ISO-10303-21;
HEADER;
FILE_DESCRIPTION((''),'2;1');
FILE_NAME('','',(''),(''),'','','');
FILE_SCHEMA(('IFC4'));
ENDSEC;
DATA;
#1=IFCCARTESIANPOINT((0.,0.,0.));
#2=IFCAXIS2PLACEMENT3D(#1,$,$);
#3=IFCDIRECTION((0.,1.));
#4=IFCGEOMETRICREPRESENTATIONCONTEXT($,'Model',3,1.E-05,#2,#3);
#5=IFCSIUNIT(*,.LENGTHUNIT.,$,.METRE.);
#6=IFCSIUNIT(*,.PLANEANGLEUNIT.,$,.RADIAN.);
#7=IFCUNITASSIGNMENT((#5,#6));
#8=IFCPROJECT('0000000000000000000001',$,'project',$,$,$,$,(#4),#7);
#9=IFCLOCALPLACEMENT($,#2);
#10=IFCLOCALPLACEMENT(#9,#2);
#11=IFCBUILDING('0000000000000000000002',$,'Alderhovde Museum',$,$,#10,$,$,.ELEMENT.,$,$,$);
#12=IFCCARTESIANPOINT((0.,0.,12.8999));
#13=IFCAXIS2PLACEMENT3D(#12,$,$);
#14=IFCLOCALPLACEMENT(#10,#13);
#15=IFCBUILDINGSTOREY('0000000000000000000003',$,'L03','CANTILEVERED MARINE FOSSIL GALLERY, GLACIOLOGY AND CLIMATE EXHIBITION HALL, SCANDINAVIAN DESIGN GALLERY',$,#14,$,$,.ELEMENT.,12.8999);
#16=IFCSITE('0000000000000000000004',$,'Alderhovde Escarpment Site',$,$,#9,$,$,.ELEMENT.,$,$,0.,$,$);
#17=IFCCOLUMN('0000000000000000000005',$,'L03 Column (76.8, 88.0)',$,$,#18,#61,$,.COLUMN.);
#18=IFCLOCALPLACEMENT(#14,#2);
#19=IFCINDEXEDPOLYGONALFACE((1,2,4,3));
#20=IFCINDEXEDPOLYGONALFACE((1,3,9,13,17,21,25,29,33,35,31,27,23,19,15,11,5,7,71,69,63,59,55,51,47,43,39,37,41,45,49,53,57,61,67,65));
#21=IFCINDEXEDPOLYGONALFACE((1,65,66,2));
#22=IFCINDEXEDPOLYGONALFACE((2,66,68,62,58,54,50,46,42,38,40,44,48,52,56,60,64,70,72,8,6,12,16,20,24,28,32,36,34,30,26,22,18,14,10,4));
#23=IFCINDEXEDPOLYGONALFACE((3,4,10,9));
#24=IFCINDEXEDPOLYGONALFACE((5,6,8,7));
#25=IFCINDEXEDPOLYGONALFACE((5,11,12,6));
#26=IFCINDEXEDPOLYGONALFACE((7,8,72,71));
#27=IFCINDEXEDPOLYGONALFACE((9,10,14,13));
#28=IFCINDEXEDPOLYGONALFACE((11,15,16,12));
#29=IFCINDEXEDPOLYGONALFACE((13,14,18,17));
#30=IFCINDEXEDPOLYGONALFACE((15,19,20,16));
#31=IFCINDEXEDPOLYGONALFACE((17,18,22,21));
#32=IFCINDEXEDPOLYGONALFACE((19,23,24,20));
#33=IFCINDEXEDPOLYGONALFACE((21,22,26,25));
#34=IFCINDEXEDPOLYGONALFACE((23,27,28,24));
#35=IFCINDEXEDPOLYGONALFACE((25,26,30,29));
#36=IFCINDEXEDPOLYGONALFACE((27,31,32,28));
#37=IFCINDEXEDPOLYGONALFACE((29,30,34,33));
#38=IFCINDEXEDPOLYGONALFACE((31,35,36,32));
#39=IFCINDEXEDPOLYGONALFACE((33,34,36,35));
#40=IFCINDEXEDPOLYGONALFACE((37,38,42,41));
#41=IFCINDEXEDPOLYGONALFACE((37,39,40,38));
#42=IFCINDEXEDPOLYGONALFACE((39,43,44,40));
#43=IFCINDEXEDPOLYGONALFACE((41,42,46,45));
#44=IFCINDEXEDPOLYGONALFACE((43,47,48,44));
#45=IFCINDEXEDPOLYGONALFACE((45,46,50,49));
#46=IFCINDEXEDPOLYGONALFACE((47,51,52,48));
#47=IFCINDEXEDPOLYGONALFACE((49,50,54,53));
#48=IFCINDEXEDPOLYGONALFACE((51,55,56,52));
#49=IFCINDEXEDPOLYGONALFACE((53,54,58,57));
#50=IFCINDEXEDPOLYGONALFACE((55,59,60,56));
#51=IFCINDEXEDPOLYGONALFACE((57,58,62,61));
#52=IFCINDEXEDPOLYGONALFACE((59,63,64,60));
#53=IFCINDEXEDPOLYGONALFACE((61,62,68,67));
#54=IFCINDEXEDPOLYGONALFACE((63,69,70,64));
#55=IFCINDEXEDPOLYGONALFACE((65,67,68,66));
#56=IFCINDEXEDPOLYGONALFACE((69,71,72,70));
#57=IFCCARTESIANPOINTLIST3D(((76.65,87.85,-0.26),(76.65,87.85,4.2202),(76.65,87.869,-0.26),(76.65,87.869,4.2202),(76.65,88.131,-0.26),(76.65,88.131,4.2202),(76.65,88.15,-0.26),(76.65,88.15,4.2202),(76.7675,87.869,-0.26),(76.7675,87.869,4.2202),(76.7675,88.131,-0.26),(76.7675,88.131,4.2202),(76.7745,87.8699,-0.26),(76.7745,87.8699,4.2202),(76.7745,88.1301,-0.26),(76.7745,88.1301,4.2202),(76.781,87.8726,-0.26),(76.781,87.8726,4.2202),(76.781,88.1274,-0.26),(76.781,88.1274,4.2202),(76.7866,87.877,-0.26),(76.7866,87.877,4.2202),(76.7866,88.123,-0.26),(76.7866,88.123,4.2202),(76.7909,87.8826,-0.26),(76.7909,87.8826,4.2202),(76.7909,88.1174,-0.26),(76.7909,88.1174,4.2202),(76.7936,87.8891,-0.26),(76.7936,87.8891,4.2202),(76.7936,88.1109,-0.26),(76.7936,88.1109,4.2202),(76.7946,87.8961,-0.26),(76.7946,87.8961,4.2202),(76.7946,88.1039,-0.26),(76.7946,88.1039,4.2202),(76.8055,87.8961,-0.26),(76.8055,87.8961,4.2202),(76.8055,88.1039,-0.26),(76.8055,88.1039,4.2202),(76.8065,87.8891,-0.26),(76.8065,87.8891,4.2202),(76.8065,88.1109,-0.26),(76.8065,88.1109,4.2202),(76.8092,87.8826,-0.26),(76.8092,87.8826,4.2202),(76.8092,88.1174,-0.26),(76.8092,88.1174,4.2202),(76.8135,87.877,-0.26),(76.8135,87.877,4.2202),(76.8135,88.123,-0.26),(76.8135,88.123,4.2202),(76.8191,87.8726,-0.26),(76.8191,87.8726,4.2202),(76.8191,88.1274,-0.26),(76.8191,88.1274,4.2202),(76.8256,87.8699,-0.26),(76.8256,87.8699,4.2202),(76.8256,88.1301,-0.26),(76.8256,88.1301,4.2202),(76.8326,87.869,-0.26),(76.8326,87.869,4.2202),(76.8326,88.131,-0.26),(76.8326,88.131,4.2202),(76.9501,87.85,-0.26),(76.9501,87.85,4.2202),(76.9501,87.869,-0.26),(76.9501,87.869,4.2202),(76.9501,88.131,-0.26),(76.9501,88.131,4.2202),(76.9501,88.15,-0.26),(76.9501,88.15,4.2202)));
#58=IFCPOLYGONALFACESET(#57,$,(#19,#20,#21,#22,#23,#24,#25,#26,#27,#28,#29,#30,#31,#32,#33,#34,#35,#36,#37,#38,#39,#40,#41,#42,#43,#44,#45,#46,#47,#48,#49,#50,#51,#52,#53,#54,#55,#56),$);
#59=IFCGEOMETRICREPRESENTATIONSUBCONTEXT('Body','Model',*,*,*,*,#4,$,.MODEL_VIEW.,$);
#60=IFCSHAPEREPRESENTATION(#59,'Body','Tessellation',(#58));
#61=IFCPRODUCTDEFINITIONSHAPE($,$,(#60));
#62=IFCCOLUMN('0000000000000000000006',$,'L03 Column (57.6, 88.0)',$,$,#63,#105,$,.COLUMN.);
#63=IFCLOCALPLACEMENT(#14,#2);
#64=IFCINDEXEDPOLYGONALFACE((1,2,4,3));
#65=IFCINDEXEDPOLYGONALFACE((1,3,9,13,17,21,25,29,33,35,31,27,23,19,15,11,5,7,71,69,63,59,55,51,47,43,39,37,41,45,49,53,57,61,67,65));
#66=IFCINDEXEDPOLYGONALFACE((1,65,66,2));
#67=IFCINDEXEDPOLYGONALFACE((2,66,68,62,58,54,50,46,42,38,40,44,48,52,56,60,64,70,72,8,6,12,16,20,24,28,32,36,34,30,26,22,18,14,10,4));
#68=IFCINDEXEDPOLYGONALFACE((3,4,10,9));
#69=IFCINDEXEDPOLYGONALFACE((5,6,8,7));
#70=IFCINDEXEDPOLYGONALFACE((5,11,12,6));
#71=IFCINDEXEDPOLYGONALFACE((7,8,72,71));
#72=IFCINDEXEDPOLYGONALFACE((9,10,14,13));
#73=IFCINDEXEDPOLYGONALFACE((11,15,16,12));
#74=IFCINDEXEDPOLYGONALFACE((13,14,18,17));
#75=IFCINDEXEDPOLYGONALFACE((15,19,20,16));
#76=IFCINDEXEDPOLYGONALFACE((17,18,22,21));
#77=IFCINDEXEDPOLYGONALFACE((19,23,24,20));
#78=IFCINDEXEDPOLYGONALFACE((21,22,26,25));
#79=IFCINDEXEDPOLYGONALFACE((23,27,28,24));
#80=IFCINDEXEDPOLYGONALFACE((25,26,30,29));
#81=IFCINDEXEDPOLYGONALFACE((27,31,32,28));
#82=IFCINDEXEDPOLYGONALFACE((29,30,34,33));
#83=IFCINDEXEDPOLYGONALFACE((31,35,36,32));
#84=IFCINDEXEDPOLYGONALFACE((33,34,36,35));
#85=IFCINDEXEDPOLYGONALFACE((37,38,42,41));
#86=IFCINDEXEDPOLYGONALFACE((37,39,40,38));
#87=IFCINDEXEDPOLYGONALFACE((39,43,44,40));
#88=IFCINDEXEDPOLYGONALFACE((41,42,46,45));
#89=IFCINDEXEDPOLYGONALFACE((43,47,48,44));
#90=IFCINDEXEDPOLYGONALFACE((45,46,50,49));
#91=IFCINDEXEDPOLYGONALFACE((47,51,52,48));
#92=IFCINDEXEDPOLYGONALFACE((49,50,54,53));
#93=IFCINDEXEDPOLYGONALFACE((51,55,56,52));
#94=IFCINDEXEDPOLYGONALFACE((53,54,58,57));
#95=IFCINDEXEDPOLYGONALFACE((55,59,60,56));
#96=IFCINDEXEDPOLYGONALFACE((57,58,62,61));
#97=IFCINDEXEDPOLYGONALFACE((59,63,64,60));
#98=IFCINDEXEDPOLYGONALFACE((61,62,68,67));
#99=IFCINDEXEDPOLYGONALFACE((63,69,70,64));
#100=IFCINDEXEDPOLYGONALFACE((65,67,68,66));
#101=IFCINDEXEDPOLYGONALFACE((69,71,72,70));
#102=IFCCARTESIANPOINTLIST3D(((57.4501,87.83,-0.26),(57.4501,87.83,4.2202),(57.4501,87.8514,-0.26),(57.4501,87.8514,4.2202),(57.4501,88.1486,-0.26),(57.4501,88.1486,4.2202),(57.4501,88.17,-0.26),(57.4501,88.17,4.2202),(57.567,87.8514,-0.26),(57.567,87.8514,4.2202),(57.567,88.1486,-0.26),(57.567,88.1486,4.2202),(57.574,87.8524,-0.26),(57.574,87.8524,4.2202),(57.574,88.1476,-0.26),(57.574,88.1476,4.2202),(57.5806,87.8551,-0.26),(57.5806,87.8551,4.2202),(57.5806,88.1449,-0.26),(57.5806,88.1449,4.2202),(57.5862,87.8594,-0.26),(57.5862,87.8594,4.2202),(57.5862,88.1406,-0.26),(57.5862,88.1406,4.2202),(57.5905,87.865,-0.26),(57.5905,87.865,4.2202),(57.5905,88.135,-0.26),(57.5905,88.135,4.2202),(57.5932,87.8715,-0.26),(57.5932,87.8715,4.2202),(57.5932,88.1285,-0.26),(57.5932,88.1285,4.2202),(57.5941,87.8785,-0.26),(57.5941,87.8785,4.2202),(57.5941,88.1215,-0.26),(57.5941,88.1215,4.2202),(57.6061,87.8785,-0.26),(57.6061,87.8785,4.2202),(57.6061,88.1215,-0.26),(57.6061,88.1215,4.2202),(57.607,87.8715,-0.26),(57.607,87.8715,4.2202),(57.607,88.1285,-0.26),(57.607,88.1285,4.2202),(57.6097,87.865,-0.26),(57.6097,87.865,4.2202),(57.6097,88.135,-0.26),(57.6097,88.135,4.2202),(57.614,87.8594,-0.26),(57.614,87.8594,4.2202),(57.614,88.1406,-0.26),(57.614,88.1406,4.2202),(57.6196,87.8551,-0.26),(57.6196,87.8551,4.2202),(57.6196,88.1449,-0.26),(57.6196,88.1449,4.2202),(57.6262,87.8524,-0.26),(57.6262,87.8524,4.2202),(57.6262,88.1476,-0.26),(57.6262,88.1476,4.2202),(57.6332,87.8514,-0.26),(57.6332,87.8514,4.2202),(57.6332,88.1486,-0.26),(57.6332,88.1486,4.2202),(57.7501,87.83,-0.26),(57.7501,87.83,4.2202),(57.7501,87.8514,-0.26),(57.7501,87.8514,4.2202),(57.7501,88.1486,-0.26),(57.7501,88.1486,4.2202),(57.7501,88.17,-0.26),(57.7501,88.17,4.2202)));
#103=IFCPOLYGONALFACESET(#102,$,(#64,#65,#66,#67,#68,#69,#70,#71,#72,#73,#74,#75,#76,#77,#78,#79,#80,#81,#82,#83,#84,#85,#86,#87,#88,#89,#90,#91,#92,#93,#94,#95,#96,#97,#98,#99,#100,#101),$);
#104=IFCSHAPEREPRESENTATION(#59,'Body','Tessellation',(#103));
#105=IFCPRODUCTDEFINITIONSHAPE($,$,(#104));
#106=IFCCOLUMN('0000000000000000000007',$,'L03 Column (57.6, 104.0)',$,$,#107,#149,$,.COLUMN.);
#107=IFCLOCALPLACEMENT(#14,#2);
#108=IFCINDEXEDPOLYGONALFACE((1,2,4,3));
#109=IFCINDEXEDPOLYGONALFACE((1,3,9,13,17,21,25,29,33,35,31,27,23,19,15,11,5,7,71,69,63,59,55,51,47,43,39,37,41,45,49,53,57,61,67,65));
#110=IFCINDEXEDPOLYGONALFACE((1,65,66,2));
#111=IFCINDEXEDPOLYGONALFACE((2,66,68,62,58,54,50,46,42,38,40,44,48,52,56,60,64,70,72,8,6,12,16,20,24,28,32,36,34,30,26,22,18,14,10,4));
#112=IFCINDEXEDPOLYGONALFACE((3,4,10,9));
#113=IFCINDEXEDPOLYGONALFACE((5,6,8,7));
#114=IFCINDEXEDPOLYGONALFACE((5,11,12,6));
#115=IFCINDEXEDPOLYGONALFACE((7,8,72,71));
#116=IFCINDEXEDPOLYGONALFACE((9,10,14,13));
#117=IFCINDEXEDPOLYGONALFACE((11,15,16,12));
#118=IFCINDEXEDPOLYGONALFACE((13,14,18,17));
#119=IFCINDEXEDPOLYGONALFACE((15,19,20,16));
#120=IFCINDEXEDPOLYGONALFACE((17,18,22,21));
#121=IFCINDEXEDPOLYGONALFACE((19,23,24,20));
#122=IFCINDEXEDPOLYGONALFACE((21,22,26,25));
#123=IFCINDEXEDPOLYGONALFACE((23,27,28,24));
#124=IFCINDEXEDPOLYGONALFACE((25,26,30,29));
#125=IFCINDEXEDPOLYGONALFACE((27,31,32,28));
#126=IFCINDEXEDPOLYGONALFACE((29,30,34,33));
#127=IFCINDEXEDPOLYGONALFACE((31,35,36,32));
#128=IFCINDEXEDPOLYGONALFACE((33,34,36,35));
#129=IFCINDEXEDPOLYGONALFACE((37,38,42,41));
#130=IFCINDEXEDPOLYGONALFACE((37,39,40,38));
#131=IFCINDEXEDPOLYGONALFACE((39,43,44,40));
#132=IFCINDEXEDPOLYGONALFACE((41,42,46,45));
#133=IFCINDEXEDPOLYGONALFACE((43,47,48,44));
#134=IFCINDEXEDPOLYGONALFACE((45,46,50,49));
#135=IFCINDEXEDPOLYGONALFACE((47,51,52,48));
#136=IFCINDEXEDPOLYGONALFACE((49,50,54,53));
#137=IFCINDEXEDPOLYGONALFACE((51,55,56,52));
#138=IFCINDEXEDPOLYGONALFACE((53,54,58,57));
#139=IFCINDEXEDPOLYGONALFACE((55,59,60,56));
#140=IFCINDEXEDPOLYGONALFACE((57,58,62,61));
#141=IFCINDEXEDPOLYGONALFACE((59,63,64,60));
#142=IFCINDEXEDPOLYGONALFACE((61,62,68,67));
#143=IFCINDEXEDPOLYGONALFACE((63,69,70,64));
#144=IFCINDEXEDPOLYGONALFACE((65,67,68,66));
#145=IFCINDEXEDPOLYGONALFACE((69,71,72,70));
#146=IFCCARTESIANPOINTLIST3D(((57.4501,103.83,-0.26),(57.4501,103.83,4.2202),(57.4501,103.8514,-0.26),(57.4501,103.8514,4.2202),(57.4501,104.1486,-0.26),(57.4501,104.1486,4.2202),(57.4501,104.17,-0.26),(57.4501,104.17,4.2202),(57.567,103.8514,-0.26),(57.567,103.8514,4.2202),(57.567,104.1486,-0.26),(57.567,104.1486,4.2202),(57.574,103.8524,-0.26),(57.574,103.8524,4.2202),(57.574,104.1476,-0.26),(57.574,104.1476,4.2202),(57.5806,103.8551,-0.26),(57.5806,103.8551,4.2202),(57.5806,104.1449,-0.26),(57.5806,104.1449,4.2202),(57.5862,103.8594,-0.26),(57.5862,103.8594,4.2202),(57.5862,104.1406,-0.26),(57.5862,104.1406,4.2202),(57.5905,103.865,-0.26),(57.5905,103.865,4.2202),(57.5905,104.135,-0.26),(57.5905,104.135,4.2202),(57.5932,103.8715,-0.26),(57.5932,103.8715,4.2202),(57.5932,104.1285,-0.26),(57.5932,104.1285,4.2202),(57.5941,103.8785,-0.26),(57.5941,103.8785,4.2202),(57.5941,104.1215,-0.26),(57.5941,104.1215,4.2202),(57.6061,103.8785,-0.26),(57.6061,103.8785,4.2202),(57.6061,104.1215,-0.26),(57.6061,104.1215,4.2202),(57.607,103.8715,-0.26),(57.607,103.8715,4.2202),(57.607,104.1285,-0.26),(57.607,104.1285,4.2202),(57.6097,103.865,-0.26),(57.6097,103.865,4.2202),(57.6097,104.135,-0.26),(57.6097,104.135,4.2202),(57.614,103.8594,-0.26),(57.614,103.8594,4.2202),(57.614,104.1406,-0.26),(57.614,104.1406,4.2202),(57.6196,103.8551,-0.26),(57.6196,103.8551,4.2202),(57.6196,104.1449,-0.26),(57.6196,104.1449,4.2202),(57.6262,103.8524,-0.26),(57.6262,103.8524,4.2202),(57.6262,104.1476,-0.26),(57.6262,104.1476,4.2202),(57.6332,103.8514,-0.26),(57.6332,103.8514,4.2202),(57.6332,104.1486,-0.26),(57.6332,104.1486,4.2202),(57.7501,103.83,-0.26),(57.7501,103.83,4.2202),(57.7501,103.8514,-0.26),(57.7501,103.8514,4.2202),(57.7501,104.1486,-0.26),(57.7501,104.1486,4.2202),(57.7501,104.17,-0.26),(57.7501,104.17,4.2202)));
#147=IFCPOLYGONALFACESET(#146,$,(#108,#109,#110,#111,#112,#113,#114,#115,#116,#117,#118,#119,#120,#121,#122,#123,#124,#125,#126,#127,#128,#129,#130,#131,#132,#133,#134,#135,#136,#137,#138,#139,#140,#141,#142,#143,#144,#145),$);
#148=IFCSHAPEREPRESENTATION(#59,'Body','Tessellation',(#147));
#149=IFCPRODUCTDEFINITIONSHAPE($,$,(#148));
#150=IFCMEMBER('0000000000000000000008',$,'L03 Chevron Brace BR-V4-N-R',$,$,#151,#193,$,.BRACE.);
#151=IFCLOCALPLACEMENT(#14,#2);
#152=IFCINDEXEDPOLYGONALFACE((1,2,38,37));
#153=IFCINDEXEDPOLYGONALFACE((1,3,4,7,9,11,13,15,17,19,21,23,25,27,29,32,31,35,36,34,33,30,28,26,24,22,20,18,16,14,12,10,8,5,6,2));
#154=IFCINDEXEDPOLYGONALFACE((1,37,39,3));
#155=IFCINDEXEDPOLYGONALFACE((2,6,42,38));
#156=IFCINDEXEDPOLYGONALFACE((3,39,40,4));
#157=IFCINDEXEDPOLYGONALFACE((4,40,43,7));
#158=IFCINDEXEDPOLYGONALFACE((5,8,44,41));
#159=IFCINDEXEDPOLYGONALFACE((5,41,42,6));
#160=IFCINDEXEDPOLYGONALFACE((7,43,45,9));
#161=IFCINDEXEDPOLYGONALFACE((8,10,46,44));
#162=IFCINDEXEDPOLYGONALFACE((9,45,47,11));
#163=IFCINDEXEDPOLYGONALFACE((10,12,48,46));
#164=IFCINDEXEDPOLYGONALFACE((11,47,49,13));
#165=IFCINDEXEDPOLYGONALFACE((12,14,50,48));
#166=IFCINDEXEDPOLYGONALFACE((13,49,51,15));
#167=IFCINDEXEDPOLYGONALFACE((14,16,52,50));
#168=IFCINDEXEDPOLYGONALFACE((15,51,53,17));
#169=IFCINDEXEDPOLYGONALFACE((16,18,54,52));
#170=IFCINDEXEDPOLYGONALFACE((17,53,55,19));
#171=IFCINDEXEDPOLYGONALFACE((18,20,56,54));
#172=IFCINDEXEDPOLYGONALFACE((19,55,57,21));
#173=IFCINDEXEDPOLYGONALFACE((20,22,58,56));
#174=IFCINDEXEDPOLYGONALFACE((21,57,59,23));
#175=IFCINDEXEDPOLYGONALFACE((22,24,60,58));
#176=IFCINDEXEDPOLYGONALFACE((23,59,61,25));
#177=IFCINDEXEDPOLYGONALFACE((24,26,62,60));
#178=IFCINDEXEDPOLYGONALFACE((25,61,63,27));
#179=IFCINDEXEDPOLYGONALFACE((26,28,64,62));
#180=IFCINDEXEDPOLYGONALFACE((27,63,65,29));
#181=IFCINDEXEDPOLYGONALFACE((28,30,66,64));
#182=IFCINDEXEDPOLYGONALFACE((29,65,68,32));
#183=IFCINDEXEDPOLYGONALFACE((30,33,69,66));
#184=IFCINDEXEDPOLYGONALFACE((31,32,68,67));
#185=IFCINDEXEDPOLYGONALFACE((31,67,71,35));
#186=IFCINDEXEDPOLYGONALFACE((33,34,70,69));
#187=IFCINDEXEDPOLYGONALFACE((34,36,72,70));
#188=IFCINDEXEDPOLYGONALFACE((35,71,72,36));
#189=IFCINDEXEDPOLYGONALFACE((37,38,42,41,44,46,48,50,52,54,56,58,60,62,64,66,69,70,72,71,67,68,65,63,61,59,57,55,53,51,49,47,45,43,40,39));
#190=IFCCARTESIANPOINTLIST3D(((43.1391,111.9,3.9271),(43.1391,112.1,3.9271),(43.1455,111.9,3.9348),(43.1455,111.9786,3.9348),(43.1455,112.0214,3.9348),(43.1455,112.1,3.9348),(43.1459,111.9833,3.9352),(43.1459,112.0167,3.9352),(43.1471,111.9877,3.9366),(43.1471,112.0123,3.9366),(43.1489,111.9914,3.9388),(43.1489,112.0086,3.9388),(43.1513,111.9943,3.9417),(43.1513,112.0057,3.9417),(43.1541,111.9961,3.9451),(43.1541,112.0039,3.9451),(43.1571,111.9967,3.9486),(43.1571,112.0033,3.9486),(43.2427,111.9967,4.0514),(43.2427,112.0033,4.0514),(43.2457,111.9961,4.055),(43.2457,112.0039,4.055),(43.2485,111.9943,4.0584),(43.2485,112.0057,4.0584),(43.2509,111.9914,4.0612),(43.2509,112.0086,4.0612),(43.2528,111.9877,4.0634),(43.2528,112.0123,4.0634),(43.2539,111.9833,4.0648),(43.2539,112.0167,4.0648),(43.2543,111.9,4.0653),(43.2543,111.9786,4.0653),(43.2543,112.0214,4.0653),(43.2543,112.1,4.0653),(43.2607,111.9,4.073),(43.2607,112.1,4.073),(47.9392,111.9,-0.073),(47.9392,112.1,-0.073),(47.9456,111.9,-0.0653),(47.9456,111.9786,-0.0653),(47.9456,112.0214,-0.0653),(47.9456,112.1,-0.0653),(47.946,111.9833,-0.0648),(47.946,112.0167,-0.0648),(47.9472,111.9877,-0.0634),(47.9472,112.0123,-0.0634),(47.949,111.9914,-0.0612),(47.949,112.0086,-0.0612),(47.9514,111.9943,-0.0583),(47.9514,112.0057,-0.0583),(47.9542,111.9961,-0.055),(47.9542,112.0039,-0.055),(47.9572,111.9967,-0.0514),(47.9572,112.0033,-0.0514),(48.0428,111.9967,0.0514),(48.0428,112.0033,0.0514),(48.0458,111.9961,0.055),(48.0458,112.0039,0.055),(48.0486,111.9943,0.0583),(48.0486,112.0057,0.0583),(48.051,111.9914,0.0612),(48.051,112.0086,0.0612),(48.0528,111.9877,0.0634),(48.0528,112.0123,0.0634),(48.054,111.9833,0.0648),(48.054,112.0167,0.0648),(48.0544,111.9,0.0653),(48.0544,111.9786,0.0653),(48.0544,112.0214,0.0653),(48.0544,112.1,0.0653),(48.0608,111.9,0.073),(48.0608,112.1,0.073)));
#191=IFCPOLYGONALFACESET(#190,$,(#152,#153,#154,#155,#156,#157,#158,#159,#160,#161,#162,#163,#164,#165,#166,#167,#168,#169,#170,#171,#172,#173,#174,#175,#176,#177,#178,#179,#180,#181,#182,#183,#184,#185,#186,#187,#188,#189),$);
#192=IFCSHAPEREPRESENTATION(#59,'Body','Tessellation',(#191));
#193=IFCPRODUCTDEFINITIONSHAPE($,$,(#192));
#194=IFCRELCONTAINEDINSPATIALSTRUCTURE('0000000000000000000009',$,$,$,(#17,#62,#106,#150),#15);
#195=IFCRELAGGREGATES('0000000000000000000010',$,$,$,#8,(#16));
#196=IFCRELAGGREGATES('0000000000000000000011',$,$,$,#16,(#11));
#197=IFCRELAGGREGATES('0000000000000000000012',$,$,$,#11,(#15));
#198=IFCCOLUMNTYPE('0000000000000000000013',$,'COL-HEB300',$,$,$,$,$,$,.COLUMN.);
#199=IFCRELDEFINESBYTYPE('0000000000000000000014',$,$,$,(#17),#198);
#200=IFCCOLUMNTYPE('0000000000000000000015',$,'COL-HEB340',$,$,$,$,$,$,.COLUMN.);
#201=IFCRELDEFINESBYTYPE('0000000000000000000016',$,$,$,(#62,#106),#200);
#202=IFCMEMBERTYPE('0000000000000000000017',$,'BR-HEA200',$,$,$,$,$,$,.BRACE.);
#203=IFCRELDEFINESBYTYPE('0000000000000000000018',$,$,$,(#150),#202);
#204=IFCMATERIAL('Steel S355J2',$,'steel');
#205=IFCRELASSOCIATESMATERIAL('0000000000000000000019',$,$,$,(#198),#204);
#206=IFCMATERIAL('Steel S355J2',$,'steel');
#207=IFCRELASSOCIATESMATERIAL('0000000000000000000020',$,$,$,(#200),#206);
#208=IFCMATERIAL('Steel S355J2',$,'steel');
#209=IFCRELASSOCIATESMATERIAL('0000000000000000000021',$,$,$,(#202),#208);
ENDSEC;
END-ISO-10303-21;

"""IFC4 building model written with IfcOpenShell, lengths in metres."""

from ifc_helpers import new_model, si_unit, direction, frame, origin, origin_2d, place, context, subcontext, project, spatial, i_section, extrude, material, material_profile, profile_set, type_object, element, save


model = new_model("IFC4")

# Units and contexts
model_context = context("Model", 3, precision=1e-05, world=origin(), true_north=direction((0.0, 1.0)))
body_context = subcontext(model_context, "Body", "Model", "MODEL_VIEW")
ifc_project = project(units=[si_unit("LENGTHUNIT", "METRE"), si_unit("PLANEANGLEUNIT", "RADIAN")], contexts=[model_context])

# Site, building, storey
site_placement = place(None, origin())
site = spatial("IfcSite", under=ifc_project, at=site_placement, Name="Alderhovde Escarpment Site", CompositionType="ELEMENT", RefElevation=0.0)
building_placement = place(site_placement, origin())
building = spatial("IfcBuilding", under=site, at=building_placement, Name="Alderhovde Museum", CompositionType="ELEMENT")
storey_placement = place(building_placement, frame((0.0, 0.0, 12.8999)))
storey = spatial("IfcBuildingStorey", under=building, at=storey_placement, Name="L03", Description="CANTILEVERED MARINE FOSSIL GALLERY, GLACIOLOGY AND CLIMATE EXHIBITION HALL, SCANDINAVIAN DESIGN GALLERY", CompositionType="ELEMENT", Elevation=12.8999)

# Columns
ifc_material_1 = material(Name="Steel S355J2", Category="steel")
ifc_material_profile_1 = material_profile(ifc_material_1, i_section(OverallWidth=0.3, OverallDepth=0.3, WebThickness=0.011, FlangeThickness=0.019, FilletRadius=0.0271, at=origin_2d()), Name="HEB 300")
ifc_profile_set_1 = profile_set([ifc_material_profile_1], Name="Steel S355J2")
column_type_1 = type_object("IfcColumnType", Name="COL-HEB300", PredefinedType="COLUMN", material=ifc_profile_set_1)
for number, where, z_axis, x_axis, name in (
    (1, (76.8, 88.0, -0.26), (0.0, 0.0, 1.0), (1.0, 0.0, 0.0), "L03 Column (76.8, 88.0)"),
):
    element("IfcColumn", number, at=place(storey_placement, frame(where, z_axis=z_axis, x_axis=x_axis)), inside=storey, type_object=column_type_1, Name=name, PredefinedType="COLUMN", context=body_context, shape_type="SweptSolid", body=[
        extrude(i_section(OverallWidth=0.3, OverallDepth=0.3, WebThickness=0.011, FlangeThickness=0.019, FilletRadius=0.0271, at=origin_2d()), origin(), (0.0, 0.0, 1.0), 4.4802),
    ])
ifc_material_2 = material(Name="Steel S355J2", Category="steel")
ifc_material_profile_2 = material_profile(ifc_material_2, i_section(OverallWidth=0.3, OverallDepth=0.3401, WebThickness=0.012, FlangeThickness=0.0215, FilletRadius=0.0271, at=origin_2d()), Name="HEB 340")
ifc_profile_set_2 = profile_set([ifc_material_profile_2], Name="Steel S355J2")
column_type_2 = type_object("IfcColumnType", Name="COL-HEB340", PredefinedType="COLUMN", material=ifc_profile_set_2)
for number, where, z_axis, x_axis, name in (
    (2, (57.6001, 88.0, -0.26), (0.0, 0.0, 1.0), (1.0, 0.0, 0.0), "L03 Column (57.6, 88.0)"),
    (3, (57.6001, 104.0, -0.26), (0.0, 0.0, 1.0), (1.0, 0.0, 0.0), "L03 Column (57.6, 104.0)"),
):
    element("IfcColumn", number, at=place(storey_placement, frame(where, z_axis=z_axis, x_axis=x_axis)), inside=storey, type_object=column_type_2, Name=name, PredefinedType="COLUMN", context=body_context, shape_type="SweptSolid", body=[
        extrude(i_section(OverallWidth=0.3, OverallDepth=0.3401, WebThickness=0.012, FlangeThickness=0.0215, FilletRadius=0.0271, at=origin_2d()), origin(), (0.0, 0.0, 1.0), 4.4802),
    ])

# Member
ifc_material_3 = material(Name="Steel S355J2", Category="steel")
ifc_material_profile_3 = material_profile(ifc_material_3, i_section(OverallWidth=0.2, OverallDepth=0.1899, WebThickness=0.0066, FlangeThickness=0.01, FilletRadius=0.0181, at=origin_2d()), Name="HEA 200")
ifc_profile_set_3 = profile_set([ifc_material_profile_3], Name="Steel S355J2")
member_type = type_object("IfcMemberType", Name="BR-HEA200", PredefinedType="BRACE", material=ifc_profile_set_3)
member_placement = place(storey_placement, frame((48.0, 112.0, 0.0), z_axis=(-0.768224, 0.0, 0.640181), x_axis=(0.0, -1.0, 0.0)))
element("IfcMember", 4, at=member_placement, inside=storey, type_object=member_type, Name="L03 Chevron Brace BR-V4-N-R", PredefinedType="BRACE", context=body_context, shape_type="SweptSolid", body=[
    extrude(i_section(OverallWidth=0.2, OverallDepth=0.1899, WebThickness=0.0066, FlangeThickness=0.01, FilletRadius=0.0181, at=origin_2d()), origin(), (0.0, 0.0, 1.0), 6.2483),
])

save(model, "model.ifc")
